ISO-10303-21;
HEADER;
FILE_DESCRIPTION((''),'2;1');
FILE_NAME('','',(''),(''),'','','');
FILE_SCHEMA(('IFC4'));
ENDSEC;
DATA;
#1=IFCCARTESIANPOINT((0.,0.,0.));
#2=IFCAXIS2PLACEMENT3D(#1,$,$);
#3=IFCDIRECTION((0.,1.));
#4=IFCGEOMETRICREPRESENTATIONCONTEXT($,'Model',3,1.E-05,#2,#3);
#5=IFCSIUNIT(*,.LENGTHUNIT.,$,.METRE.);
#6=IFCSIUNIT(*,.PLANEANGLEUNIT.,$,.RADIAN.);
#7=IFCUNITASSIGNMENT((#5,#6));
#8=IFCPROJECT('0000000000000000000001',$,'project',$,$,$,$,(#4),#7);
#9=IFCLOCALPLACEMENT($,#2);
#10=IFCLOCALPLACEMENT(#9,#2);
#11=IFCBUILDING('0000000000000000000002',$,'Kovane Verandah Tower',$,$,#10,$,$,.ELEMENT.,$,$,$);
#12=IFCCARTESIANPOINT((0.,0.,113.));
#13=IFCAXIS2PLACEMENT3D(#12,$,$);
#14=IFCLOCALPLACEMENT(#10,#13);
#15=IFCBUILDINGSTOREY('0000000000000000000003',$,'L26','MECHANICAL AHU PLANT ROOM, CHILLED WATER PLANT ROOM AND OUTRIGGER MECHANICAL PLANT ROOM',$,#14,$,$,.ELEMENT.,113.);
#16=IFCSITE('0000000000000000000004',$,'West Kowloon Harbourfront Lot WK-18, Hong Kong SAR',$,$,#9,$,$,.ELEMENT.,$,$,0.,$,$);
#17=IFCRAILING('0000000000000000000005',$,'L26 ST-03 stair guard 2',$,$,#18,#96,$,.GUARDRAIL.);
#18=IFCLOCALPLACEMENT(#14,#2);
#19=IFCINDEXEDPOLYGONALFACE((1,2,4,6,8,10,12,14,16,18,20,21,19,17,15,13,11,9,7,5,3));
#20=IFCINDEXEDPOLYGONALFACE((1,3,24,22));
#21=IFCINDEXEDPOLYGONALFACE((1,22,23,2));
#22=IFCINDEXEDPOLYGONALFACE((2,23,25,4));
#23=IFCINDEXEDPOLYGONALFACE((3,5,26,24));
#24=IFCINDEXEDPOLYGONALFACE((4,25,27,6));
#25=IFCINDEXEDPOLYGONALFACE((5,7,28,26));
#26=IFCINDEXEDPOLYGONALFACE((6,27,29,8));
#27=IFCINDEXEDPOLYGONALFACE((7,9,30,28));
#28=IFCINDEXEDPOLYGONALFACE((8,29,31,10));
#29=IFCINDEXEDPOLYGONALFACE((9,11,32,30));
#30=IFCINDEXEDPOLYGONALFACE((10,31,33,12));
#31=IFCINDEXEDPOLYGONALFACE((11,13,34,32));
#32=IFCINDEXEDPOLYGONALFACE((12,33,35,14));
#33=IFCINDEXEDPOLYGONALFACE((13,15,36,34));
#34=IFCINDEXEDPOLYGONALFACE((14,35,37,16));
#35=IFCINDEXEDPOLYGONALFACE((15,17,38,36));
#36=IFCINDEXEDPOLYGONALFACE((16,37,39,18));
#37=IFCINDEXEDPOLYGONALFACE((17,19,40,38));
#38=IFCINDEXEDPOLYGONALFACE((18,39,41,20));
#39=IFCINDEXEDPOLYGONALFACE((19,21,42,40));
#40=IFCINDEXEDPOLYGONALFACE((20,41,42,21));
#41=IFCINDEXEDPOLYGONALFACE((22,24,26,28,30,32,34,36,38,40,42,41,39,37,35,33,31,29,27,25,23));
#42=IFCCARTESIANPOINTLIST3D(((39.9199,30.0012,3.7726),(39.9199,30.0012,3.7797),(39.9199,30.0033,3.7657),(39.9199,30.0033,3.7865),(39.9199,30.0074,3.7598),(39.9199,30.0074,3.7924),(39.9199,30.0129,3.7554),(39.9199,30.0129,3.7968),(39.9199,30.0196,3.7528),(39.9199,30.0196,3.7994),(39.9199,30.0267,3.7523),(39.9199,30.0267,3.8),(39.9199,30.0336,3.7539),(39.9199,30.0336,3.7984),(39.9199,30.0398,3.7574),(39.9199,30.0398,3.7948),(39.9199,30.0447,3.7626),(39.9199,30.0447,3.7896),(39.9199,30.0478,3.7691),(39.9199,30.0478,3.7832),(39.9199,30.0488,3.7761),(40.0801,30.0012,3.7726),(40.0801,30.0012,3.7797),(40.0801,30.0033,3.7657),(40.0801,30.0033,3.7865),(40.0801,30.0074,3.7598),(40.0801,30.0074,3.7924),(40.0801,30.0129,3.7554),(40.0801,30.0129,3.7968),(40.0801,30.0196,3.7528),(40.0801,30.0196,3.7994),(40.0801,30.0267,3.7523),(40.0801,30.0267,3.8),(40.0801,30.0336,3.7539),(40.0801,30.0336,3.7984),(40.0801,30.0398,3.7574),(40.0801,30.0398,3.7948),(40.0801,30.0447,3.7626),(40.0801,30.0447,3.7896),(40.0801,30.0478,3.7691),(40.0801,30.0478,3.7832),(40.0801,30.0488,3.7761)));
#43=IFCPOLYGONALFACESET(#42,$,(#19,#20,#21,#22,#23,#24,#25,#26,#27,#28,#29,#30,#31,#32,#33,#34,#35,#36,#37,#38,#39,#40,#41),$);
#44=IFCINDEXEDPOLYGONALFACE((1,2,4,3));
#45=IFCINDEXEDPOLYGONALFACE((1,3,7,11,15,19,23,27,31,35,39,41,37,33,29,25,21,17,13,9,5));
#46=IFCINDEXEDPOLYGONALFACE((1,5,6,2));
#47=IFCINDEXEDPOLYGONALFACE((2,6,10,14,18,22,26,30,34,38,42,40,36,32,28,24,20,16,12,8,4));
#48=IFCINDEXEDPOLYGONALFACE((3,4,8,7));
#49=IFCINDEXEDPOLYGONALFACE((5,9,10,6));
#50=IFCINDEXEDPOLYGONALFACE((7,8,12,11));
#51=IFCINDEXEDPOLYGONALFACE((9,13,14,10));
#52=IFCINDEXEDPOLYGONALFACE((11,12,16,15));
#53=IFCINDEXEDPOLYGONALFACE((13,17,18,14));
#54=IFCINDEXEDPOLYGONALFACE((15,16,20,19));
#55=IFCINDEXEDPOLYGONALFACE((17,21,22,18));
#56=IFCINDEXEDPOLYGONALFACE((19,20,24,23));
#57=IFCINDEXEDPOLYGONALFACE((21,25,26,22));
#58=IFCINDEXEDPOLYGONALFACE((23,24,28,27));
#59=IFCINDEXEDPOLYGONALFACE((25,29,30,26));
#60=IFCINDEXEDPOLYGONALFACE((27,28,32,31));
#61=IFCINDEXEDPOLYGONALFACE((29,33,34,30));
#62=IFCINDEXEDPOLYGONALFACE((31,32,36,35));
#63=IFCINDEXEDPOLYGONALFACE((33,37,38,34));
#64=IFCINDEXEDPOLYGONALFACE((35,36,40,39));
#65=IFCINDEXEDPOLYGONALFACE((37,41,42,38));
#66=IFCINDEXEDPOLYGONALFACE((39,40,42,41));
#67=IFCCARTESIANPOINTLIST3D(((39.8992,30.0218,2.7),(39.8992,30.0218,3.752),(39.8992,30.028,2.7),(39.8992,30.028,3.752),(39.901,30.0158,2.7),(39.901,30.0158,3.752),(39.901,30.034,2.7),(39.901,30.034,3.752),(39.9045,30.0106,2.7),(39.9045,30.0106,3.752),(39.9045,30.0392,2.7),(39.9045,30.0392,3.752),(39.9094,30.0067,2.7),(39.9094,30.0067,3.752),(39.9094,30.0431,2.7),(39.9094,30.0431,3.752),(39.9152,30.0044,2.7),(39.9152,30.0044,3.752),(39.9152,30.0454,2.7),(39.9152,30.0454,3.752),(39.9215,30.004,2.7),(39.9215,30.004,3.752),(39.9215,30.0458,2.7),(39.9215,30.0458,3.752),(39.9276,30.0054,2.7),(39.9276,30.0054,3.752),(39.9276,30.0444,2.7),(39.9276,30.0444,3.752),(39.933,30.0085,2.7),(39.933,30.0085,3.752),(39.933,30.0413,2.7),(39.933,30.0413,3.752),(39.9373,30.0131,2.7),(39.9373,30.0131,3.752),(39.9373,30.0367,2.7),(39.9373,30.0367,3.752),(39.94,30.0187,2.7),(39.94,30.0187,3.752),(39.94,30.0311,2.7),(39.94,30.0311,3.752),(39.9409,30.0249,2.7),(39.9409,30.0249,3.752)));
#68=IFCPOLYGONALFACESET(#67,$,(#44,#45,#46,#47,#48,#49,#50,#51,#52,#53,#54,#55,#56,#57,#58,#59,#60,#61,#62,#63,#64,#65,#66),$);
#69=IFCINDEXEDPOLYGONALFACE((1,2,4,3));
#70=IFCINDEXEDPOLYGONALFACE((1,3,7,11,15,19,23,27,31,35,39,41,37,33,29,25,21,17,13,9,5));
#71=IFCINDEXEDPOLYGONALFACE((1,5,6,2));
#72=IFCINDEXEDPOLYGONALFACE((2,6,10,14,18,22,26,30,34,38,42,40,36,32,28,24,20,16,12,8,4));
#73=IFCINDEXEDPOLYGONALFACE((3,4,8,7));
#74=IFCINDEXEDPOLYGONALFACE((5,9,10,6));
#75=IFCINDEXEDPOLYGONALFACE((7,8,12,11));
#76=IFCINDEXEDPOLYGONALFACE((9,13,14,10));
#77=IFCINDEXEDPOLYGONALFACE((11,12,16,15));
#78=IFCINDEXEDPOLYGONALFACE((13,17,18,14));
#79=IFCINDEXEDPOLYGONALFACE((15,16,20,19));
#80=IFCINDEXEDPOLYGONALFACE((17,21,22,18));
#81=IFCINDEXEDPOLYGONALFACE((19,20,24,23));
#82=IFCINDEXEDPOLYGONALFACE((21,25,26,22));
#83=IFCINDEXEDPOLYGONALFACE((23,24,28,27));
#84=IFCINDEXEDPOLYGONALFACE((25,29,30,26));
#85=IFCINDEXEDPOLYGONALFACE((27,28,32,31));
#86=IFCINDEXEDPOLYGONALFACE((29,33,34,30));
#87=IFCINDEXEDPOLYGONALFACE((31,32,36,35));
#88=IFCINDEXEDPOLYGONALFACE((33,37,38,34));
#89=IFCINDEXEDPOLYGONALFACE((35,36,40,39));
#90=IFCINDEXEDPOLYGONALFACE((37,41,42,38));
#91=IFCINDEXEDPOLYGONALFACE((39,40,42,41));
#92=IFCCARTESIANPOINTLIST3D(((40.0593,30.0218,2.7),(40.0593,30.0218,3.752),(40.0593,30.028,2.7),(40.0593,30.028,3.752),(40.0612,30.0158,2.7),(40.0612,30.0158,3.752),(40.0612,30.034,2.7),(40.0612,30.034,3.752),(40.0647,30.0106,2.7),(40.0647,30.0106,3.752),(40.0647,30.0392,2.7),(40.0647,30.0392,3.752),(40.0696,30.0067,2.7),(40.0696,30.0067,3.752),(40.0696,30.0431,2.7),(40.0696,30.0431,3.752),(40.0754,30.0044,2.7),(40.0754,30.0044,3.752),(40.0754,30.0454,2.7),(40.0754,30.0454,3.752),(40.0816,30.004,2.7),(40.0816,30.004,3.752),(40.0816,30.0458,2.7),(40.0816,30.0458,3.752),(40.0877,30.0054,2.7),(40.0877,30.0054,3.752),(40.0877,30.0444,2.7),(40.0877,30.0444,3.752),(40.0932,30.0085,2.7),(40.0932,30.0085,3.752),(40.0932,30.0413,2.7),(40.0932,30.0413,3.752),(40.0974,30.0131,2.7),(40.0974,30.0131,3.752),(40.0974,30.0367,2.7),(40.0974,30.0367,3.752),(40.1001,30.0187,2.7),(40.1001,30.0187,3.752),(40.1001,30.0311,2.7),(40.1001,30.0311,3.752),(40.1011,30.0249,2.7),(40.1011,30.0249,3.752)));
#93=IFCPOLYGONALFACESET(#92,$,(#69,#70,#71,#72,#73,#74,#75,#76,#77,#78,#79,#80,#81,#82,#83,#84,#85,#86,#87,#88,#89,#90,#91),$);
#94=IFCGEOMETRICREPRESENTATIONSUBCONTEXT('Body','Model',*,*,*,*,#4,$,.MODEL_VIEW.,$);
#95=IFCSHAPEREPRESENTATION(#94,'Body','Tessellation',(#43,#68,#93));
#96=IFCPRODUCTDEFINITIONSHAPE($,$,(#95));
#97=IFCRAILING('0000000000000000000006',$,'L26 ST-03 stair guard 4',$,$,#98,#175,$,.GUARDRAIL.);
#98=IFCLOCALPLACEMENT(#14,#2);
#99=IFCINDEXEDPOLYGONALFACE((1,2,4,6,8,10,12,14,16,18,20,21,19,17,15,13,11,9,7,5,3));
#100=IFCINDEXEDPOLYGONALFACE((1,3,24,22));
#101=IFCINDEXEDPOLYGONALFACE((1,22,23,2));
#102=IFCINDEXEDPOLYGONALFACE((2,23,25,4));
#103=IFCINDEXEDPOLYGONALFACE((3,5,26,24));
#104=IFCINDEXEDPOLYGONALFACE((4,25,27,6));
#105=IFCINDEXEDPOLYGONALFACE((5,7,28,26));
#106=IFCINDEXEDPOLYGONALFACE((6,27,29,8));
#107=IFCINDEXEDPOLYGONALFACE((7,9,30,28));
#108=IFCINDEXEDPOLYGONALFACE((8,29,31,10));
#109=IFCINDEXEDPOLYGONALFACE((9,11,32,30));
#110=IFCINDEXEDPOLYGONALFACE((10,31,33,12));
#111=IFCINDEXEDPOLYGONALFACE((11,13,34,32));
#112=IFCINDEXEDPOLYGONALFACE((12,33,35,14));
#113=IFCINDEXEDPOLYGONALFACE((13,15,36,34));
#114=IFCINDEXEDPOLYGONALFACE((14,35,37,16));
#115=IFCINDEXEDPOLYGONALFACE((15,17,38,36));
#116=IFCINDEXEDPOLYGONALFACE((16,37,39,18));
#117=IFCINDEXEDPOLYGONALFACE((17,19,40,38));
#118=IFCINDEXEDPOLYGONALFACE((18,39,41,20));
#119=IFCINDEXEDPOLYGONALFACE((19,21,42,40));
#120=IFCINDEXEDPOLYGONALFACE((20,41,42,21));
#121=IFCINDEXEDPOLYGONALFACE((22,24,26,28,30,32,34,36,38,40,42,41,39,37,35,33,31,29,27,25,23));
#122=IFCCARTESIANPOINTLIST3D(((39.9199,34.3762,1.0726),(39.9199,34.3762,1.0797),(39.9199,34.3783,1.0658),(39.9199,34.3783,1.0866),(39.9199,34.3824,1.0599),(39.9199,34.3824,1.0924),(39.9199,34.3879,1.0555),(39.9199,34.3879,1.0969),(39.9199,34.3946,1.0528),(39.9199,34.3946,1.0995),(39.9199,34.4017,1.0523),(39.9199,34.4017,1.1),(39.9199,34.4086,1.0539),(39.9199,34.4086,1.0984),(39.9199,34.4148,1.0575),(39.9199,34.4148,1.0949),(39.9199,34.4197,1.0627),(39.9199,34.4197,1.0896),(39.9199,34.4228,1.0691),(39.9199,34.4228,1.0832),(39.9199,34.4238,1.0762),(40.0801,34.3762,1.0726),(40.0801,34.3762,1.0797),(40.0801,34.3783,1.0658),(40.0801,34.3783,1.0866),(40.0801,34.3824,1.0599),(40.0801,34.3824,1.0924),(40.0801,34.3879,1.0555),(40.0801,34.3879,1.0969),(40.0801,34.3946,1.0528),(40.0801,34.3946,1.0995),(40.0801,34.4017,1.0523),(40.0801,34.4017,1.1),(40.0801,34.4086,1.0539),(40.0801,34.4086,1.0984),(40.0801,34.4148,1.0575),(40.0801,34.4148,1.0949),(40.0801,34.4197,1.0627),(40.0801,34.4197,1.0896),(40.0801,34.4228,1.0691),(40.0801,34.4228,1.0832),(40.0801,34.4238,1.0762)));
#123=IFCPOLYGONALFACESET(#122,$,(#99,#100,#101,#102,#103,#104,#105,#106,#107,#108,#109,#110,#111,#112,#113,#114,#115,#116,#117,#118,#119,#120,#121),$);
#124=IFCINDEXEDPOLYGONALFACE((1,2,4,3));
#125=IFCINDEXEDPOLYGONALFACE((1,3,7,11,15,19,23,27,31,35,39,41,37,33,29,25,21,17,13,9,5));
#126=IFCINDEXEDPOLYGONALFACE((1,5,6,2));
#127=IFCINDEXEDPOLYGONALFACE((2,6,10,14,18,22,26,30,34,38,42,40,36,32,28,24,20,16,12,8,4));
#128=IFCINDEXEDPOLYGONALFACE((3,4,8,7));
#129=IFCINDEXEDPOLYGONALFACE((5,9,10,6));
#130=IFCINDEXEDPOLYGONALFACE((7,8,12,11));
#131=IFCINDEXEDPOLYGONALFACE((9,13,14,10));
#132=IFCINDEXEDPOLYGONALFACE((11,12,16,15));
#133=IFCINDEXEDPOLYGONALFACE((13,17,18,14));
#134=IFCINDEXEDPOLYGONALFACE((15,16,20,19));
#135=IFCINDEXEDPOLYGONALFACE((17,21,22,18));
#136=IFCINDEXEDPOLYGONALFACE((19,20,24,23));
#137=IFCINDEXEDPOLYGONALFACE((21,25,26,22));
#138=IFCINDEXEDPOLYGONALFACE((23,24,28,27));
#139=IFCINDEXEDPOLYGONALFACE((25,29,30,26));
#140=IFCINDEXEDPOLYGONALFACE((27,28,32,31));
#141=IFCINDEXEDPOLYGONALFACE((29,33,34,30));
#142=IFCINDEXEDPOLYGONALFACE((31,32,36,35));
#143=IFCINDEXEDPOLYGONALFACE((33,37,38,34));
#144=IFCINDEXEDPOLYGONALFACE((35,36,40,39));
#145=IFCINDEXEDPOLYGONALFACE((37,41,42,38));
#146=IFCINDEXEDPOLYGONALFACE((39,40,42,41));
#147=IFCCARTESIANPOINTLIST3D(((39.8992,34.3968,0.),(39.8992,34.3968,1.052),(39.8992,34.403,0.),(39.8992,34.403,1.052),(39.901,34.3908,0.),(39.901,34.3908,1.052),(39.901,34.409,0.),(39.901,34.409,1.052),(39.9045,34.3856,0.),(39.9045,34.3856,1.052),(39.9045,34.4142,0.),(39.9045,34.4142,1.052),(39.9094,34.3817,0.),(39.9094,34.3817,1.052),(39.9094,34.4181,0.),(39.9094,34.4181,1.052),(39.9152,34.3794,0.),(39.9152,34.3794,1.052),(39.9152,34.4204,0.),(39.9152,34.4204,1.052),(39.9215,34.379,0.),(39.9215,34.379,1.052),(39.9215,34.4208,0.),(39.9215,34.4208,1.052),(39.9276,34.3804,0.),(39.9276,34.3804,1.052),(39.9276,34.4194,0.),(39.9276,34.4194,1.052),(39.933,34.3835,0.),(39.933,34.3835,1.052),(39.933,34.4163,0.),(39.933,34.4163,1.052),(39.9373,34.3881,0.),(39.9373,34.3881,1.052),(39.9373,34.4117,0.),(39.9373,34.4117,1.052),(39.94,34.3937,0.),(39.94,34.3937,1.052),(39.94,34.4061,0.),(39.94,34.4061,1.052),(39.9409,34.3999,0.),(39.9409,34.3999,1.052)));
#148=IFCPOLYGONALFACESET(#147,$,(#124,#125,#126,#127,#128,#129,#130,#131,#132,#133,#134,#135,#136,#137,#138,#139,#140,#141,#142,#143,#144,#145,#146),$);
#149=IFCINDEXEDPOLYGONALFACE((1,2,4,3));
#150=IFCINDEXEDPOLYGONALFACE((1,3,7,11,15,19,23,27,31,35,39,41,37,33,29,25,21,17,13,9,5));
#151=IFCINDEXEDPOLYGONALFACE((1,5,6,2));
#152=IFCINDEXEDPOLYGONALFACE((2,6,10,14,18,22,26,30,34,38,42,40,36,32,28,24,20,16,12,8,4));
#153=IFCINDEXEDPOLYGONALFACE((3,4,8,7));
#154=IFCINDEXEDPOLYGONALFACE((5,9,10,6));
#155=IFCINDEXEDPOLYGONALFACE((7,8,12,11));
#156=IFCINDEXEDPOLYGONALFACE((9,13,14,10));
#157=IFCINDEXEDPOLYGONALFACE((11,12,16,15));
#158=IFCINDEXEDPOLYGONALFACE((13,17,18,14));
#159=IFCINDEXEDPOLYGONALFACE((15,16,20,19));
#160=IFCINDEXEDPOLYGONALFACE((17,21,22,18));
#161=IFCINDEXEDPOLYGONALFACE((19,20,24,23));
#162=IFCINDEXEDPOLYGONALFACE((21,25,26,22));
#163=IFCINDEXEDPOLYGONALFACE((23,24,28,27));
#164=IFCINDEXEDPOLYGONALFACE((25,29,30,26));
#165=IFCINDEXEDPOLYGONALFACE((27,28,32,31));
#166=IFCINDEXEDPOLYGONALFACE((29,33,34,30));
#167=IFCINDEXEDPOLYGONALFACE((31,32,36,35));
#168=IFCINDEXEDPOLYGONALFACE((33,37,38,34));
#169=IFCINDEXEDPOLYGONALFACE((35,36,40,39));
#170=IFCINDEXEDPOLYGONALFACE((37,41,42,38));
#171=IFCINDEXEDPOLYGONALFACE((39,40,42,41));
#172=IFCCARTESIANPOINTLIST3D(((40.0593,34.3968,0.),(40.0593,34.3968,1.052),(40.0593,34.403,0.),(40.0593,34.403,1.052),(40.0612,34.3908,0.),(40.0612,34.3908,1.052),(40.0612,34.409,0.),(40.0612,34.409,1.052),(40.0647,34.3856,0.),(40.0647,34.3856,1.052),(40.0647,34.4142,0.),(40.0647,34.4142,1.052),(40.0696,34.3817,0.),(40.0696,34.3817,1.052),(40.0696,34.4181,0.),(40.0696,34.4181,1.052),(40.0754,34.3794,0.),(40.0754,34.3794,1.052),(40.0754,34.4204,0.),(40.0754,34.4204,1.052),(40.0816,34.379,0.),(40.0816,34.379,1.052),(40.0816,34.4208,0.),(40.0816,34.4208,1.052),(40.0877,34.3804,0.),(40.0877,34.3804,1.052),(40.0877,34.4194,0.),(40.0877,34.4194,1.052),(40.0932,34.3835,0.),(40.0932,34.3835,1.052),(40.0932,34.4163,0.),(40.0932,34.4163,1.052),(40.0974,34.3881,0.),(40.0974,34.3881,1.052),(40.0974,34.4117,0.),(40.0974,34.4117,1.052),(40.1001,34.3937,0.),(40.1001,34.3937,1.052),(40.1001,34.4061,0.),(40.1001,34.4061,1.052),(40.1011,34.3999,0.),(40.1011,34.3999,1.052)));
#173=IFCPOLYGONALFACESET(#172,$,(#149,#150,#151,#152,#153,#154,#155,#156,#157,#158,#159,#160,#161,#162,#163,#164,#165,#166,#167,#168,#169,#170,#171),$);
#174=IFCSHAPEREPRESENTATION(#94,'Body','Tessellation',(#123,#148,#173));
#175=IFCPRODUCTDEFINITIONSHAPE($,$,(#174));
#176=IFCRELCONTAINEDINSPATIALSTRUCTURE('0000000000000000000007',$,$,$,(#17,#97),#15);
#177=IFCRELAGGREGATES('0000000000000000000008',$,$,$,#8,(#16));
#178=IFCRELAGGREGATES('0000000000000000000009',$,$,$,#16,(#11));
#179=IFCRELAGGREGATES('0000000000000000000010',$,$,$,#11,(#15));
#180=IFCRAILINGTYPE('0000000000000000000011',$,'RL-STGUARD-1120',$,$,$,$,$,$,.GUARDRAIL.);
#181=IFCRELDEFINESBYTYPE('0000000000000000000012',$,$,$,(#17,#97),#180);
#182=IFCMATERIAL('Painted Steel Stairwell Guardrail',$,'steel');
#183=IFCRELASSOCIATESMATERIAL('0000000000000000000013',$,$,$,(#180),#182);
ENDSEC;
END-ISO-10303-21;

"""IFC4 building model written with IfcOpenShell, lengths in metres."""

from ifc_helpers import new_model, si_unit, direction, frame, origin, origin_2d, place, context, subcontext, project, spatial, circle, extrude, material, type_object, element, save


model = new_model("IFC4")

# Units and contexts
model_context = context("Model", 3, precision=1e-05, world=origin(), true_north=direction((0.0, 1.0)))
body_context = subcontext(model_context, "Body", "Model", "MODEL_VIEW")
ifc_project = project(units=[si_unit("LENGTHUNIT", "METRE"), si_unit("PLANEANGLEUNIT", "RADIAN")], contexts=[model_context])

# Site, building, storey
site_placement = place(None, origin())
site = spatial("IfcSite", under=ifc_project, at=site_placement, Name="West Kowloon Harbourfront Lot WK-18, Hong Kong SAR", CompositionType="ELEMENT", RefElevation=0.0)
building_placement = place(site_placement, origin())
building = spatial("IfcBuilding", under=site, at=building_placement, Name="Kovane Verandah Tower", CompositionType="ELEMENT")
storey_placement = place(building_placement, frame((0.0, 0.0, 113.0)))
storey = spatial("IfcBuildingStorey", under=building, at=storey_placement, Name="L26", Description="MECHANICAL AHU PLANT ROOM, CHILLED WATER PLANT ROOM AND OUTRIGGER MECHANICAL PLANT ROOM", CompositionType="ELEMENT", Elevation=113.0)

# Railings
ifc_material_1 = material(Name="Painted Steel Stairwell Guardrail", Category="steel")
railing_type_1 = type_object("IfcRailingType", Name="RL-STGUARD-1120", PredefinedType="GUARDRAIL", material=ifc_material_1)
for number, where, name in (
    (1, (39.9199, 30.0249, 2.7), "L26 ST-03 stair guard 2"),
    (2, (39.9199, 34.3999, 0.0), "L26 ST-03 stair guard 4"),
):
    element("IfcRailing", number, at=place(storey_placement, frame(where)), inside=storey, type_object=railing_type_1, Name=name, PredefinedType="GUARDRAIL", context=body_context, shape_type="SweptSolid", body=[
        extrude(circle(Radius=0.0239, at=origin_2d()), frame((0.0, 0.0, 1.0762), z_axis=(1.0, 0.0, 0.0), x_axis=(0.0, 1.0, 0.0)), (0.0, 0.0, 1.0), 0.1602),
        extrude(circle(Radius=0.021, at=origin_2d()), origin(), (0.0, 0.0, 1.0), 1.052),
        extrude(circle(Radius=0.021, at=origin_2d()), frame((0.1602, 0.0, 0.0)), (0.0, 0.0, 1.0), 1.052),
    ])

save(model, "model.ifc")
